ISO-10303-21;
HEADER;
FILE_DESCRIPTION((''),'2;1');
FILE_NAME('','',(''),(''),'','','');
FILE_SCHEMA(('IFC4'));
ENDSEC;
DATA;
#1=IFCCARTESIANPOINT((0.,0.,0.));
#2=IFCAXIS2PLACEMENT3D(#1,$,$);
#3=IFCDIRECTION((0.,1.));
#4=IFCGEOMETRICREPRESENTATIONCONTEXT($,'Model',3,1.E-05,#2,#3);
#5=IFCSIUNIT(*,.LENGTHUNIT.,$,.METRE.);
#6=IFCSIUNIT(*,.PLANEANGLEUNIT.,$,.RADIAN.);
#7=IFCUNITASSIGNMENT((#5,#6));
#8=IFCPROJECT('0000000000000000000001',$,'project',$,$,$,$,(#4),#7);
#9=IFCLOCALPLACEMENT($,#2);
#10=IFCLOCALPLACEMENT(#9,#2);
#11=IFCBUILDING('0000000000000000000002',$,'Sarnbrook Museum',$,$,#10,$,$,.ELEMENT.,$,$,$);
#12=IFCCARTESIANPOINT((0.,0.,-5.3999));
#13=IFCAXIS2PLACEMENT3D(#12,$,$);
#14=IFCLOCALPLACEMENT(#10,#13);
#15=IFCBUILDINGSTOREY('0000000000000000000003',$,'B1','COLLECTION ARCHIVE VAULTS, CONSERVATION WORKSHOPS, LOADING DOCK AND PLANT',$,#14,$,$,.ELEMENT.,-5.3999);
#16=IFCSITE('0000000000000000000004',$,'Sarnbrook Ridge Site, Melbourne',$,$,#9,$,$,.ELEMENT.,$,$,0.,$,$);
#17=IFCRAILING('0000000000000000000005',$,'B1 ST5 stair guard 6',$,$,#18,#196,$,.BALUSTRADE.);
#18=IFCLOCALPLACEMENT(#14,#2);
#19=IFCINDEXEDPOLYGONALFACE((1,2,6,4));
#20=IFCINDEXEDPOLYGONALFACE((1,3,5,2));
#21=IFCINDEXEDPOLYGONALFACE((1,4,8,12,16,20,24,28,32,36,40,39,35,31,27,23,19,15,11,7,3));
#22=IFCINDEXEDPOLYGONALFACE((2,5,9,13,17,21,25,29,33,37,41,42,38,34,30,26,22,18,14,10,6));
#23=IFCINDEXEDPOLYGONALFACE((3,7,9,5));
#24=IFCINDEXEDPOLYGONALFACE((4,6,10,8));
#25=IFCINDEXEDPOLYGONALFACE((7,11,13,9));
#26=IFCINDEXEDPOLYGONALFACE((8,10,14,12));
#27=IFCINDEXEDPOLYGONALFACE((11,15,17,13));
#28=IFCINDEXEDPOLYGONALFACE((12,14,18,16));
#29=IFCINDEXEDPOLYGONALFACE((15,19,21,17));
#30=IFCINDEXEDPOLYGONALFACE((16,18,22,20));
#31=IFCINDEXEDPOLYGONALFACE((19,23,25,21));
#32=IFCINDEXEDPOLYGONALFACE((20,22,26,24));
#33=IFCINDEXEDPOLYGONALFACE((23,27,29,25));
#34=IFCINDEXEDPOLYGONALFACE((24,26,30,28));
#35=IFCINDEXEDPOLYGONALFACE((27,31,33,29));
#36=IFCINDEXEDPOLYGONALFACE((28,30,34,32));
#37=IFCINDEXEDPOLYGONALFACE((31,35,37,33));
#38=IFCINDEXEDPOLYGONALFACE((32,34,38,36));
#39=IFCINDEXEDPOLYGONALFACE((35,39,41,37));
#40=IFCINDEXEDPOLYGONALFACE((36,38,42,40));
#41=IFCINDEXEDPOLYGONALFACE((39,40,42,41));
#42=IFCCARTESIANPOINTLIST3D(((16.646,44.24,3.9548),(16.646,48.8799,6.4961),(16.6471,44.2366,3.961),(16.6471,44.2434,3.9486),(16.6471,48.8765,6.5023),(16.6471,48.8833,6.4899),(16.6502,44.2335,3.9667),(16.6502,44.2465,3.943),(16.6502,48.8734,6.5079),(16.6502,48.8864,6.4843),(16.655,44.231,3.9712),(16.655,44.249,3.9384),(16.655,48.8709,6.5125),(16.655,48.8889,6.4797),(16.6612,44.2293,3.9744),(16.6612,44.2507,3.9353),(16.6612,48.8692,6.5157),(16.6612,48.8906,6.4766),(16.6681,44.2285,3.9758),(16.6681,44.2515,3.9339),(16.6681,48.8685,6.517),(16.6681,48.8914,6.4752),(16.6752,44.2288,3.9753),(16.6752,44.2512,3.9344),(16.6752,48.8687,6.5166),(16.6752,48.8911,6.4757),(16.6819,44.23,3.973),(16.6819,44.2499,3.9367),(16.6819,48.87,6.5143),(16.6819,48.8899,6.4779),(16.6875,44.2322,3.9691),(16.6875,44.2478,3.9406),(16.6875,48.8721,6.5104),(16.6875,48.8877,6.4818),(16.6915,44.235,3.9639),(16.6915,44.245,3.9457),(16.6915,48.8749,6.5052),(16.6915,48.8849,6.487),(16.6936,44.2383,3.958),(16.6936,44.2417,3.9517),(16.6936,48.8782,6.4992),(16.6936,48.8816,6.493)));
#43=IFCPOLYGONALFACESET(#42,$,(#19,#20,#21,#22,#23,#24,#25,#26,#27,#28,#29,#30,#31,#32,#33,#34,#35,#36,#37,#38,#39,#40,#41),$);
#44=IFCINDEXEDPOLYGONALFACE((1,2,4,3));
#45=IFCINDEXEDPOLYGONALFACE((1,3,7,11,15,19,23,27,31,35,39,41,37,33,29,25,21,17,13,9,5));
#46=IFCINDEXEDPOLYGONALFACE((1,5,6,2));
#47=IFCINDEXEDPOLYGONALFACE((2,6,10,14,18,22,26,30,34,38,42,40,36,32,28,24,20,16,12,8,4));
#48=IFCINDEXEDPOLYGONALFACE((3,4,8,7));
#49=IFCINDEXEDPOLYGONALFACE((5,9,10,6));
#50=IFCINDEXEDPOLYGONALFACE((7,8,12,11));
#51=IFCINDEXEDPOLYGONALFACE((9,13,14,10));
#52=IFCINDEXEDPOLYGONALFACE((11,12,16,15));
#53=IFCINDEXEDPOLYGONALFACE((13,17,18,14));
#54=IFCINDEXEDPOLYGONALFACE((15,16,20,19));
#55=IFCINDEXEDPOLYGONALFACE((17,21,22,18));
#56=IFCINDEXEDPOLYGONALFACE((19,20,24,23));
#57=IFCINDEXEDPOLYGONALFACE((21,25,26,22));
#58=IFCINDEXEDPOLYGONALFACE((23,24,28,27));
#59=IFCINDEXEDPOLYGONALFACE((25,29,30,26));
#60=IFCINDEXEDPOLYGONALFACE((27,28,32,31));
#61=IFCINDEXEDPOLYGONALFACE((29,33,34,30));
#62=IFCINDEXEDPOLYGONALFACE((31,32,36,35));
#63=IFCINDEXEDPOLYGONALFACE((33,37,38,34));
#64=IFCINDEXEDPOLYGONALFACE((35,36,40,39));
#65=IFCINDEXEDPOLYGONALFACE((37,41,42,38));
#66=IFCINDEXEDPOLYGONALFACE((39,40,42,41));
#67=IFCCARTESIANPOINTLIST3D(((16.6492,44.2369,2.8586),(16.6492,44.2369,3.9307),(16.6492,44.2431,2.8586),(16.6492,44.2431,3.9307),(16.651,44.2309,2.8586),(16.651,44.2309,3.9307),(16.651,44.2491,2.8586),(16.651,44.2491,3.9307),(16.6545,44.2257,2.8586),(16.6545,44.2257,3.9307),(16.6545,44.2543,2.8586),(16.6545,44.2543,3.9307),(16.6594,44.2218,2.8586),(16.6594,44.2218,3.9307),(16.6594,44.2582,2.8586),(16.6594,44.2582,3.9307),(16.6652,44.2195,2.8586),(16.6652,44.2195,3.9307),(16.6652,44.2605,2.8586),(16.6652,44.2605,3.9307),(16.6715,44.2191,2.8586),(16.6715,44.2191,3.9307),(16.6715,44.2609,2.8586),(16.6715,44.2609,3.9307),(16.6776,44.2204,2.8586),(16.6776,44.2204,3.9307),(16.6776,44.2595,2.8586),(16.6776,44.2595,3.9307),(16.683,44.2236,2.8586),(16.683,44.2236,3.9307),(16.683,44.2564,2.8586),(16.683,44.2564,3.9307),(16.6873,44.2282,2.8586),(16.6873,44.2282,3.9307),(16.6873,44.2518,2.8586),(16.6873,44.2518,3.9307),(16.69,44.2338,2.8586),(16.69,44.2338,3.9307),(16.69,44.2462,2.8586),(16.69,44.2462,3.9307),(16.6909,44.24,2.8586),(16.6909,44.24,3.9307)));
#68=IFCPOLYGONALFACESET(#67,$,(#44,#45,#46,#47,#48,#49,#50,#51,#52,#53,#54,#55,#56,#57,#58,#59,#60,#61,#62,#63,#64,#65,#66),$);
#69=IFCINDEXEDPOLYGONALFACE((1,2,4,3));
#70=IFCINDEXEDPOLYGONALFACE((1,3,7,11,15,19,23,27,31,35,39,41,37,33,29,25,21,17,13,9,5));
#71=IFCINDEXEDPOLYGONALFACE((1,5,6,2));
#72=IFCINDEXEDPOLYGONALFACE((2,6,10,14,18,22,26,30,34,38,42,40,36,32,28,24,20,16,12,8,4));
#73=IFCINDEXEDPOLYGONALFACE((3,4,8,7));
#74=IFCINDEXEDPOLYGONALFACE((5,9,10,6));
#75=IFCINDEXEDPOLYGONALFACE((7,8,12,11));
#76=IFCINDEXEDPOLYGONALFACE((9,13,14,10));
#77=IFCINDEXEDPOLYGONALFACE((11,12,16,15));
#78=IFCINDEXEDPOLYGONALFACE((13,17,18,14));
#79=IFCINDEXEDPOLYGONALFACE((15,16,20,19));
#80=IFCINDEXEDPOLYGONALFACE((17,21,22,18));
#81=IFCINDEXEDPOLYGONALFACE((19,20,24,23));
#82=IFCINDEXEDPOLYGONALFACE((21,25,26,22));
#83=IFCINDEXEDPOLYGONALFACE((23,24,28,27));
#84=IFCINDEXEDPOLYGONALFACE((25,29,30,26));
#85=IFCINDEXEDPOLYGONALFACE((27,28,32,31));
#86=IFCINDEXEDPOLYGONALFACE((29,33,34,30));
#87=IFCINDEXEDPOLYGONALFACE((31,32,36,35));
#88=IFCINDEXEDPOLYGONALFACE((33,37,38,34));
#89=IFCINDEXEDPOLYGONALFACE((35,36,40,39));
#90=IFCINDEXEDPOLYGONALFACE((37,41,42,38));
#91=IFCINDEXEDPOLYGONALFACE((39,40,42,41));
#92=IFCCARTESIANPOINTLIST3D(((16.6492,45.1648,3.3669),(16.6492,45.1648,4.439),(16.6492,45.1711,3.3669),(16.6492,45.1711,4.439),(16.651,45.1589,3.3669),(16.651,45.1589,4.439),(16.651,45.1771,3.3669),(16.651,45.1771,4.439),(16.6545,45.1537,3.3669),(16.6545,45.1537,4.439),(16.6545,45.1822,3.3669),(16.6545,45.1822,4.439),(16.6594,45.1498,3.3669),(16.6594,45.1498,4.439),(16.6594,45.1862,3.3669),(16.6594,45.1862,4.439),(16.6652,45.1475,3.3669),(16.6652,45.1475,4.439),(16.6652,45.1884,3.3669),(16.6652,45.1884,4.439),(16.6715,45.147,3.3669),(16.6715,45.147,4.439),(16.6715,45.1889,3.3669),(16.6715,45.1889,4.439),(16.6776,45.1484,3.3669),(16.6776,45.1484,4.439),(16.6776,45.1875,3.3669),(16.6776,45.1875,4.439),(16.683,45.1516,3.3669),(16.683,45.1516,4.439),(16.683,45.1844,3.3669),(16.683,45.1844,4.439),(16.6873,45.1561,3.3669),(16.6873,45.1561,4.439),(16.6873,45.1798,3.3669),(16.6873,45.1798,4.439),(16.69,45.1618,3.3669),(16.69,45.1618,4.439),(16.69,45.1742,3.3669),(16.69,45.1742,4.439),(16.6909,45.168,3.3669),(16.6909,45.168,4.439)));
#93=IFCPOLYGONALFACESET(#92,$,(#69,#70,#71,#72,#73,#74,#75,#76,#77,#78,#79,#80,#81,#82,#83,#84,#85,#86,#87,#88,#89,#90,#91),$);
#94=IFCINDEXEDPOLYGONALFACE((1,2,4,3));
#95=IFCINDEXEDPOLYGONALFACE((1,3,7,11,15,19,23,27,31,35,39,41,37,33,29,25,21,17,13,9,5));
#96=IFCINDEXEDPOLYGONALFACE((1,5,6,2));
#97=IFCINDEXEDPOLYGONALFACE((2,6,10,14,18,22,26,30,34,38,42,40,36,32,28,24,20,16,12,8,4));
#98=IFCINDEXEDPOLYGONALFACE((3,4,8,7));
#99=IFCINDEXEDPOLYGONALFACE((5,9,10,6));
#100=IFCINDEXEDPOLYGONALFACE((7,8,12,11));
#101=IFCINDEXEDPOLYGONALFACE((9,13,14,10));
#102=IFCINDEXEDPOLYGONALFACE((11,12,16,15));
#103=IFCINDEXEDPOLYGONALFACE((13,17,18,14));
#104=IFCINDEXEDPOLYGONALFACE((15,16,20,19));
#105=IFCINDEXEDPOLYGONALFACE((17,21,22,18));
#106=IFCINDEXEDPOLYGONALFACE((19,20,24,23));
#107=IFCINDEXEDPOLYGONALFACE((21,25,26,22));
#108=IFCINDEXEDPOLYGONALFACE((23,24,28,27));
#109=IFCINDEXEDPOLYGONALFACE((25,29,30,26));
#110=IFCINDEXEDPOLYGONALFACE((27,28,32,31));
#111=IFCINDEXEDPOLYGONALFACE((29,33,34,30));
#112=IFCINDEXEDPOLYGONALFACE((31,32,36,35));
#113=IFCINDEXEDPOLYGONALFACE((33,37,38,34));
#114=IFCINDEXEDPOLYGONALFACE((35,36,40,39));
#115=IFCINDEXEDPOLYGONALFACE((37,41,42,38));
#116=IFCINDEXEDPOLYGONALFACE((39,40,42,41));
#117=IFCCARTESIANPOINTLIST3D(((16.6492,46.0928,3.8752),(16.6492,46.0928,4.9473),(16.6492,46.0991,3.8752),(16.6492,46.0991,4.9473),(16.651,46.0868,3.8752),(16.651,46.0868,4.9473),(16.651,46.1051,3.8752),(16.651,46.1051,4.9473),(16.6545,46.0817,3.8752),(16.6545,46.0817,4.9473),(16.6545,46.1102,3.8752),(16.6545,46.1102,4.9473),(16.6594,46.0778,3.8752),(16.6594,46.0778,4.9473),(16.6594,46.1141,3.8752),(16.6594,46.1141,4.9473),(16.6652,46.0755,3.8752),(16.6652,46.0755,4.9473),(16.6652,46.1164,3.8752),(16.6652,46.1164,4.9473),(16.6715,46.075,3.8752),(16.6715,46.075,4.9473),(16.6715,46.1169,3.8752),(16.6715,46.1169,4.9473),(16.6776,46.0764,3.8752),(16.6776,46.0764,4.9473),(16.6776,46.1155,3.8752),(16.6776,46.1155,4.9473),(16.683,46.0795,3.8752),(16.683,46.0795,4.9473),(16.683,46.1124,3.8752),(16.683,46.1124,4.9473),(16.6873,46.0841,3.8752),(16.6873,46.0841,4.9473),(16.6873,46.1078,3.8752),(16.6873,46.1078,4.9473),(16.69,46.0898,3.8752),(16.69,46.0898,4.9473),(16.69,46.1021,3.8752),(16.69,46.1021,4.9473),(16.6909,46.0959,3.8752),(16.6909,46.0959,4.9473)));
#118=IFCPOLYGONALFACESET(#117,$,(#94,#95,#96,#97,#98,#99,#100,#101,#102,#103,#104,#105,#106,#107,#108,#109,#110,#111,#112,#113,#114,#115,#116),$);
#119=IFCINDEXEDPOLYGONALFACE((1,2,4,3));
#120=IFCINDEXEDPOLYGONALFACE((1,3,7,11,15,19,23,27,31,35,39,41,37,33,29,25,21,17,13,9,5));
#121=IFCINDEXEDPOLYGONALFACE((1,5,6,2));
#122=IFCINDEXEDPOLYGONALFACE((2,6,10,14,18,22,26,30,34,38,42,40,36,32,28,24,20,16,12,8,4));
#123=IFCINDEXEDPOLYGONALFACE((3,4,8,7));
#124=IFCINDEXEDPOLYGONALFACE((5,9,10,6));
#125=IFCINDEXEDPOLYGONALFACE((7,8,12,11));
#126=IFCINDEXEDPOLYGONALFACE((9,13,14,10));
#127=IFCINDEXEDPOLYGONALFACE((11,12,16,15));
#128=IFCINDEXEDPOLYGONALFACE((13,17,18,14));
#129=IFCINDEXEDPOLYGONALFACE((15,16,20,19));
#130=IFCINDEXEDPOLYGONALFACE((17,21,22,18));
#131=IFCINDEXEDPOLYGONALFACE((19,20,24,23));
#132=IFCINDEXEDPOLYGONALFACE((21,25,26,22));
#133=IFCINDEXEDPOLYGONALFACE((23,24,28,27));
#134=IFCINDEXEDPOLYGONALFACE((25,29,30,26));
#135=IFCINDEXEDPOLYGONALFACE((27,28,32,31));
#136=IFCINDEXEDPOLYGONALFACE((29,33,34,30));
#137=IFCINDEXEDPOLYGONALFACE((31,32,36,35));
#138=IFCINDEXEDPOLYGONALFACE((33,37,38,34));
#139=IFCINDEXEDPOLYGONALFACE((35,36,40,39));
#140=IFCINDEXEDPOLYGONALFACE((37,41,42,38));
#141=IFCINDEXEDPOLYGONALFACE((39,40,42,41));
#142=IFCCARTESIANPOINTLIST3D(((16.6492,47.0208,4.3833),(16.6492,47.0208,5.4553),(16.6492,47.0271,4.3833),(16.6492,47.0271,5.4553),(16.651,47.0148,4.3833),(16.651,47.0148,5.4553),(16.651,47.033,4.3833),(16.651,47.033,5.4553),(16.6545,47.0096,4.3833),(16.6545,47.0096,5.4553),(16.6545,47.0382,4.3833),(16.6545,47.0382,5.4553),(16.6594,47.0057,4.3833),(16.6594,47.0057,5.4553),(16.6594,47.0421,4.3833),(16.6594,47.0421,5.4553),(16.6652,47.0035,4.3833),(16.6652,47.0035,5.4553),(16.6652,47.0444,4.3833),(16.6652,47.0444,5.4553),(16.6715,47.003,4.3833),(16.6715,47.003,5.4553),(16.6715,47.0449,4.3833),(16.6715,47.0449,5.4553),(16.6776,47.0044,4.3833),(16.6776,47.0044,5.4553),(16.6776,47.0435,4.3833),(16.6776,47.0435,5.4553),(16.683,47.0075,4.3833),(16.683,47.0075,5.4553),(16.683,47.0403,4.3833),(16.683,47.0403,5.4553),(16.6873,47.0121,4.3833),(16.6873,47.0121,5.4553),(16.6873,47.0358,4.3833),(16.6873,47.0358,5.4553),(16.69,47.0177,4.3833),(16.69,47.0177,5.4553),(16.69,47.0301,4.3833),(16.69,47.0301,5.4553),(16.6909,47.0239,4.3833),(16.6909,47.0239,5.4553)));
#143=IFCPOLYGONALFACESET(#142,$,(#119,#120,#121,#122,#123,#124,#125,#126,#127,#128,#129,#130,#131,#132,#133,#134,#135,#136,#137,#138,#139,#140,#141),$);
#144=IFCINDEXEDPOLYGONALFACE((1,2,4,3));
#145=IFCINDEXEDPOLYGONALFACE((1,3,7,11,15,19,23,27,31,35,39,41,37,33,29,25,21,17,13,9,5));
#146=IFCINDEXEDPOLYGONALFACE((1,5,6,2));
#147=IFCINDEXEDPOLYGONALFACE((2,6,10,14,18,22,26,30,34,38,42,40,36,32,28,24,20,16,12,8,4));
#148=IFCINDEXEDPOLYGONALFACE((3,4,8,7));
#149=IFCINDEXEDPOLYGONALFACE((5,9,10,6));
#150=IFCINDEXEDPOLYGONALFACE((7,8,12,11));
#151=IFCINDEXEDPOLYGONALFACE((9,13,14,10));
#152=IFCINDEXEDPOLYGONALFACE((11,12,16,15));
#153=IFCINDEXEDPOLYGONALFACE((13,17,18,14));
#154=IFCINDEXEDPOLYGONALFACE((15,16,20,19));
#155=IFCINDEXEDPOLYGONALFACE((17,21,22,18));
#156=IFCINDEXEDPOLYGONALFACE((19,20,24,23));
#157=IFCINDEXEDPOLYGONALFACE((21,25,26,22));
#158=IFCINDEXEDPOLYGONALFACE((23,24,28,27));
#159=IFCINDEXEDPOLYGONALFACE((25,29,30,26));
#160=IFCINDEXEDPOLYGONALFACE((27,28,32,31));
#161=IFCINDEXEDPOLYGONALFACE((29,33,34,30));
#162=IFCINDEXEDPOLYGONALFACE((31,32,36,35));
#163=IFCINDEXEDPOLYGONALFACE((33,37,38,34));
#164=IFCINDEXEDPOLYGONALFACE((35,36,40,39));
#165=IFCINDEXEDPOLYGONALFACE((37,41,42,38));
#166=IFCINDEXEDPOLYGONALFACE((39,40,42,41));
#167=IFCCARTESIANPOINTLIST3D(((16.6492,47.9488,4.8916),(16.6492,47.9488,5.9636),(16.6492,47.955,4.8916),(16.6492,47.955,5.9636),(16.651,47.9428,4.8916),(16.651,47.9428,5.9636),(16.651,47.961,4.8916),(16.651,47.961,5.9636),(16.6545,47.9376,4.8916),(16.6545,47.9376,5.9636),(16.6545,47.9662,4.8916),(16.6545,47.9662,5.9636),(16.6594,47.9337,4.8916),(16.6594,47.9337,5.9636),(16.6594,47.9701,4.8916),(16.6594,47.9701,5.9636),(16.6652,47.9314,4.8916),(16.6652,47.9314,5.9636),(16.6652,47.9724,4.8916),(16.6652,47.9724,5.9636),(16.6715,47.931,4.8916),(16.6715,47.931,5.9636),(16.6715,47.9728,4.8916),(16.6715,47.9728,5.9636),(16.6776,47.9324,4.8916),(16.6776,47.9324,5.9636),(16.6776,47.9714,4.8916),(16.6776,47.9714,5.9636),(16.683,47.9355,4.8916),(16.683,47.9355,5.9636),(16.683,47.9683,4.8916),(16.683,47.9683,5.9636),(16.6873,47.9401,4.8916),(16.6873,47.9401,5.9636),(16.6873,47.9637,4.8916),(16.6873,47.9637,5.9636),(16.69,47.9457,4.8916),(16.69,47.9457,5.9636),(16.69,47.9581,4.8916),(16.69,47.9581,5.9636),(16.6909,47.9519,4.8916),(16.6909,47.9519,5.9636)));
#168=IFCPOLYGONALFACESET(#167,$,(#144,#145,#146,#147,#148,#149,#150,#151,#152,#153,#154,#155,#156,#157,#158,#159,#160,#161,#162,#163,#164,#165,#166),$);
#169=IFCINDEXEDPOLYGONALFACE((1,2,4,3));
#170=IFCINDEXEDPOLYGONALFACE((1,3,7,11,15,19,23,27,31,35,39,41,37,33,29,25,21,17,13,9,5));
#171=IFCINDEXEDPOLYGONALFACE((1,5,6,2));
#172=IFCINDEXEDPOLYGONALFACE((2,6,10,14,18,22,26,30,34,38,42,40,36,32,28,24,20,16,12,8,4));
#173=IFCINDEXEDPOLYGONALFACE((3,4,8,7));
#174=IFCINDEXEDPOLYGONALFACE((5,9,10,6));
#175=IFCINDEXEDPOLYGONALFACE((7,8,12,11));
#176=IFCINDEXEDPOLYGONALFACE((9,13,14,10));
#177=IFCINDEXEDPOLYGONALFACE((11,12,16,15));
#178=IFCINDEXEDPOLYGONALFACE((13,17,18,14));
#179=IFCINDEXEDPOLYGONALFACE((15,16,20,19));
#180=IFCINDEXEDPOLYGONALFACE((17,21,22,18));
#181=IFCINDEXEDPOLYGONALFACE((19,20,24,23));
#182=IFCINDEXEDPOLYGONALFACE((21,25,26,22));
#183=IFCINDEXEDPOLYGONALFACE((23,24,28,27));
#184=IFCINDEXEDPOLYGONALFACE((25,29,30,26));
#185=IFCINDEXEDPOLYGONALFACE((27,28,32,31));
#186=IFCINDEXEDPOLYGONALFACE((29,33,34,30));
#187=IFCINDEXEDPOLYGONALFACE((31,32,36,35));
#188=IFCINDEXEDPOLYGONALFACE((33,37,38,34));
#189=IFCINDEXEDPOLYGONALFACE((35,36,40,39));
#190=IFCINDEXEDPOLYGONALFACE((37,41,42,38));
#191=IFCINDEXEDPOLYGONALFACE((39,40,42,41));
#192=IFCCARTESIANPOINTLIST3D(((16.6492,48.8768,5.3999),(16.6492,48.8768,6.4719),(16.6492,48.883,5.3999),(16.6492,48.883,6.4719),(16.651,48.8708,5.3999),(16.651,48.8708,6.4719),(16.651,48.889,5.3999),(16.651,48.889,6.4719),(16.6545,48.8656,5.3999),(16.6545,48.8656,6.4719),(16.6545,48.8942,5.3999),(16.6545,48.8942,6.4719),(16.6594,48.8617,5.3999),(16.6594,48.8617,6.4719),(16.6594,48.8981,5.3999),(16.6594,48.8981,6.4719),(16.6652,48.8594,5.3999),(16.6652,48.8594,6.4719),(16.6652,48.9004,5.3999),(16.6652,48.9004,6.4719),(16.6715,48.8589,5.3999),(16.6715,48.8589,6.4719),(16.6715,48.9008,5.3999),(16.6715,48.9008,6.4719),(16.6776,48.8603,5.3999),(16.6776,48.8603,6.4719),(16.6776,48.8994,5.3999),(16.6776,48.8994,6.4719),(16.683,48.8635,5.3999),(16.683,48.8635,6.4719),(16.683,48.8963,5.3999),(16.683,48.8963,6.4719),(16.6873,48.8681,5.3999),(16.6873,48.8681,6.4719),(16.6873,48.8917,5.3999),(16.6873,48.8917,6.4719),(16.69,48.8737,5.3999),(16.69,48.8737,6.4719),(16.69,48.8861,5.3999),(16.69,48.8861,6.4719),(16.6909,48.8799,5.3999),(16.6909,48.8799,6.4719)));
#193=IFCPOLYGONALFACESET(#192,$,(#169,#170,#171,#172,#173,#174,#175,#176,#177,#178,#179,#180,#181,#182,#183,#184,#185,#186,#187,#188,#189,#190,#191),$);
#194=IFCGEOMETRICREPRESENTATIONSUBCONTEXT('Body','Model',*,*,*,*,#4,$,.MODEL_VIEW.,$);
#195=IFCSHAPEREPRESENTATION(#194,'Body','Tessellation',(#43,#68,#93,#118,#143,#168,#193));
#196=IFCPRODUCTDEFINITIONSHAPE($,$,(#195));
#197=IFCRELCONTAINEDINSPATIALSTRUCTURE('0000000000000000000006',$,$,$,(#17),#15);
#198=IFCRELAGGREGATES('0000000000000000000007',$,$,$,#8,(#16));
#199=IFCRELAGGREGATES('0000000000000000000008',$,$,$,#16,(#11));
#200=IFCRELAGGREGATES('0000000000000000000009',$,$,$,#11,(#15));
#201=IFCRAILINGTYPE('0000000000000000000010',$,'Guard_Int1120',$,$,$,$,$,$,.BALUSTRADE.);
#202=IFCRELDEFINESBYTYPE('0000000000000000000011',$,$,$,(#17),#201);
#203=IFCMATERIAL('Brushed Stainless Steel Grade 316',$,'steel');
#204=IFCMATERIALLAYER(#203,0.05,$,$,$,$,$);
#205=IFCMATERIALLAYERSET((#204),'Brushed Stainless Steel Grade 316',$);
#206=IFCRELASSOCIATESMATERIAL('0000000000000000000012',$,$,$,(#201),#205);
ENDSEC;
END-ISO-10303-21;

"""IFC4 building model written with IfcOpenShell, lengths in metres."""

from ifc_helpers import new_model, si_unit, direction, frame, origin, origin_2d, place, context, subcontext, project, spatial, circle, extrude, material, layer, layer_set, type_object, element, save


model = new_model("IFC4")

# Units and contexts
model_context = context("Model", 3, precision=1e-05, world=origin(), true_north=direction((0.0, 1.0)))
body_context = subcontext(model_context, "Body", "Model", "MODEL_VIEW")
ifc_project = project(units=[si_unit("LENGTHUNIT", "METRE"), si_unit("PLANEANGLEUNIT", "RADIAN")], contexts=[model_context])

# Site, building, storey
site_placement = place(None, origin())
site = spatial("IfcSite", under=ifc_project, at=site_placement, Name="Sarnbrook Ridge Site, Melbourne", CompositionType="ELEMENT", RefElevation=0.0)
building_placement = place(site_placement, origin())
building = spatial("IfcBuilding", under=site, at=building_placement, Name="Sarnbrook Museum", CompositionType="ELEMENT")
storey_placement = place(building_placement, frame((0.0, 0.0, -5.3999)))
storey = spatial("IfcBuildingStorey", under=building, at=storey_placement, Name="B1", Description="COLLECTION ARCHIVE VAULTS, CONSERVATION WORKSHOPS, LOADING DOCK AND PLANT", CompositionType="ELEMENT", Elevation=-5.3999)

# Railing
ifc_material_1 = material(Name="Brushed Stainless Steel Grade 316", Category="steel")
ifc_layer_1 = layer(ifc_material_1, 0.05)
ifc_layer_set_1 = layer_set([ifc_layer_1], Name="Brushed Stainless Steel Grade 316")
railing_type_1 = type_object("IfcRailingType", Name="Guard_Int1120", PredefinedType="BALUSTRADE", material=ifc_layer_set_1)
railing_1_placement = place(storey_placement, frame((16.6699, 44.24, 2.8586)))
element("IfcRailing", 1, at=railing_1_placement, inside=storey, type_object=railing_type_1, Name="B1 ST5 stair guard 6", PredefinedType="BALUSTRADE", context=body_context, shape_type="SweptSolid", body=[
    extrude(circle(Radius=0.0239, at=origin_2d()), frame((0.0, 0.0, 1.0962), z_axis=(0.0, 0.877067, 0.480368), x_axis=(-1.0, 0.0, 0.0)), (0.0, 0.0, 1.0), 5.2903),
    extrude(circle(Radius=0.021, at=origin_2d()), origin(), (0.0, 0.0, 1.0), 1.072),
    extrude(circle(Radius=0.021, at=origin_2d()), frame((0.0, 0.928, 0.5083)), (0.0, 0.0, 1.0), 1.072),
    extrude(circle(Radius=0.021, at=origin_2d()), frame((0.0, 1.856, 1.0166)), (0.0, 0.0, 1.0), 1.072),
    extrude(circle(Radius=0.021, at=origin_2d()), frame((0.0, 2.7839, 1.5247)), (0.0, 0.0, 1.0), 1.072),
    extrude(circle(Radius=0.021, at=origin_2d()), frame((0.0, 3.7119, 2.033)), (0.0, 0.0, 1.0), 1.072),
    extrude(circle(Radius=0.021, at=origin_2d()), frame((0.0, 4.6399, 2.5413)), (0.0, 0.0, 1.0), 1.072),
])

save(model, "model.ifc")
